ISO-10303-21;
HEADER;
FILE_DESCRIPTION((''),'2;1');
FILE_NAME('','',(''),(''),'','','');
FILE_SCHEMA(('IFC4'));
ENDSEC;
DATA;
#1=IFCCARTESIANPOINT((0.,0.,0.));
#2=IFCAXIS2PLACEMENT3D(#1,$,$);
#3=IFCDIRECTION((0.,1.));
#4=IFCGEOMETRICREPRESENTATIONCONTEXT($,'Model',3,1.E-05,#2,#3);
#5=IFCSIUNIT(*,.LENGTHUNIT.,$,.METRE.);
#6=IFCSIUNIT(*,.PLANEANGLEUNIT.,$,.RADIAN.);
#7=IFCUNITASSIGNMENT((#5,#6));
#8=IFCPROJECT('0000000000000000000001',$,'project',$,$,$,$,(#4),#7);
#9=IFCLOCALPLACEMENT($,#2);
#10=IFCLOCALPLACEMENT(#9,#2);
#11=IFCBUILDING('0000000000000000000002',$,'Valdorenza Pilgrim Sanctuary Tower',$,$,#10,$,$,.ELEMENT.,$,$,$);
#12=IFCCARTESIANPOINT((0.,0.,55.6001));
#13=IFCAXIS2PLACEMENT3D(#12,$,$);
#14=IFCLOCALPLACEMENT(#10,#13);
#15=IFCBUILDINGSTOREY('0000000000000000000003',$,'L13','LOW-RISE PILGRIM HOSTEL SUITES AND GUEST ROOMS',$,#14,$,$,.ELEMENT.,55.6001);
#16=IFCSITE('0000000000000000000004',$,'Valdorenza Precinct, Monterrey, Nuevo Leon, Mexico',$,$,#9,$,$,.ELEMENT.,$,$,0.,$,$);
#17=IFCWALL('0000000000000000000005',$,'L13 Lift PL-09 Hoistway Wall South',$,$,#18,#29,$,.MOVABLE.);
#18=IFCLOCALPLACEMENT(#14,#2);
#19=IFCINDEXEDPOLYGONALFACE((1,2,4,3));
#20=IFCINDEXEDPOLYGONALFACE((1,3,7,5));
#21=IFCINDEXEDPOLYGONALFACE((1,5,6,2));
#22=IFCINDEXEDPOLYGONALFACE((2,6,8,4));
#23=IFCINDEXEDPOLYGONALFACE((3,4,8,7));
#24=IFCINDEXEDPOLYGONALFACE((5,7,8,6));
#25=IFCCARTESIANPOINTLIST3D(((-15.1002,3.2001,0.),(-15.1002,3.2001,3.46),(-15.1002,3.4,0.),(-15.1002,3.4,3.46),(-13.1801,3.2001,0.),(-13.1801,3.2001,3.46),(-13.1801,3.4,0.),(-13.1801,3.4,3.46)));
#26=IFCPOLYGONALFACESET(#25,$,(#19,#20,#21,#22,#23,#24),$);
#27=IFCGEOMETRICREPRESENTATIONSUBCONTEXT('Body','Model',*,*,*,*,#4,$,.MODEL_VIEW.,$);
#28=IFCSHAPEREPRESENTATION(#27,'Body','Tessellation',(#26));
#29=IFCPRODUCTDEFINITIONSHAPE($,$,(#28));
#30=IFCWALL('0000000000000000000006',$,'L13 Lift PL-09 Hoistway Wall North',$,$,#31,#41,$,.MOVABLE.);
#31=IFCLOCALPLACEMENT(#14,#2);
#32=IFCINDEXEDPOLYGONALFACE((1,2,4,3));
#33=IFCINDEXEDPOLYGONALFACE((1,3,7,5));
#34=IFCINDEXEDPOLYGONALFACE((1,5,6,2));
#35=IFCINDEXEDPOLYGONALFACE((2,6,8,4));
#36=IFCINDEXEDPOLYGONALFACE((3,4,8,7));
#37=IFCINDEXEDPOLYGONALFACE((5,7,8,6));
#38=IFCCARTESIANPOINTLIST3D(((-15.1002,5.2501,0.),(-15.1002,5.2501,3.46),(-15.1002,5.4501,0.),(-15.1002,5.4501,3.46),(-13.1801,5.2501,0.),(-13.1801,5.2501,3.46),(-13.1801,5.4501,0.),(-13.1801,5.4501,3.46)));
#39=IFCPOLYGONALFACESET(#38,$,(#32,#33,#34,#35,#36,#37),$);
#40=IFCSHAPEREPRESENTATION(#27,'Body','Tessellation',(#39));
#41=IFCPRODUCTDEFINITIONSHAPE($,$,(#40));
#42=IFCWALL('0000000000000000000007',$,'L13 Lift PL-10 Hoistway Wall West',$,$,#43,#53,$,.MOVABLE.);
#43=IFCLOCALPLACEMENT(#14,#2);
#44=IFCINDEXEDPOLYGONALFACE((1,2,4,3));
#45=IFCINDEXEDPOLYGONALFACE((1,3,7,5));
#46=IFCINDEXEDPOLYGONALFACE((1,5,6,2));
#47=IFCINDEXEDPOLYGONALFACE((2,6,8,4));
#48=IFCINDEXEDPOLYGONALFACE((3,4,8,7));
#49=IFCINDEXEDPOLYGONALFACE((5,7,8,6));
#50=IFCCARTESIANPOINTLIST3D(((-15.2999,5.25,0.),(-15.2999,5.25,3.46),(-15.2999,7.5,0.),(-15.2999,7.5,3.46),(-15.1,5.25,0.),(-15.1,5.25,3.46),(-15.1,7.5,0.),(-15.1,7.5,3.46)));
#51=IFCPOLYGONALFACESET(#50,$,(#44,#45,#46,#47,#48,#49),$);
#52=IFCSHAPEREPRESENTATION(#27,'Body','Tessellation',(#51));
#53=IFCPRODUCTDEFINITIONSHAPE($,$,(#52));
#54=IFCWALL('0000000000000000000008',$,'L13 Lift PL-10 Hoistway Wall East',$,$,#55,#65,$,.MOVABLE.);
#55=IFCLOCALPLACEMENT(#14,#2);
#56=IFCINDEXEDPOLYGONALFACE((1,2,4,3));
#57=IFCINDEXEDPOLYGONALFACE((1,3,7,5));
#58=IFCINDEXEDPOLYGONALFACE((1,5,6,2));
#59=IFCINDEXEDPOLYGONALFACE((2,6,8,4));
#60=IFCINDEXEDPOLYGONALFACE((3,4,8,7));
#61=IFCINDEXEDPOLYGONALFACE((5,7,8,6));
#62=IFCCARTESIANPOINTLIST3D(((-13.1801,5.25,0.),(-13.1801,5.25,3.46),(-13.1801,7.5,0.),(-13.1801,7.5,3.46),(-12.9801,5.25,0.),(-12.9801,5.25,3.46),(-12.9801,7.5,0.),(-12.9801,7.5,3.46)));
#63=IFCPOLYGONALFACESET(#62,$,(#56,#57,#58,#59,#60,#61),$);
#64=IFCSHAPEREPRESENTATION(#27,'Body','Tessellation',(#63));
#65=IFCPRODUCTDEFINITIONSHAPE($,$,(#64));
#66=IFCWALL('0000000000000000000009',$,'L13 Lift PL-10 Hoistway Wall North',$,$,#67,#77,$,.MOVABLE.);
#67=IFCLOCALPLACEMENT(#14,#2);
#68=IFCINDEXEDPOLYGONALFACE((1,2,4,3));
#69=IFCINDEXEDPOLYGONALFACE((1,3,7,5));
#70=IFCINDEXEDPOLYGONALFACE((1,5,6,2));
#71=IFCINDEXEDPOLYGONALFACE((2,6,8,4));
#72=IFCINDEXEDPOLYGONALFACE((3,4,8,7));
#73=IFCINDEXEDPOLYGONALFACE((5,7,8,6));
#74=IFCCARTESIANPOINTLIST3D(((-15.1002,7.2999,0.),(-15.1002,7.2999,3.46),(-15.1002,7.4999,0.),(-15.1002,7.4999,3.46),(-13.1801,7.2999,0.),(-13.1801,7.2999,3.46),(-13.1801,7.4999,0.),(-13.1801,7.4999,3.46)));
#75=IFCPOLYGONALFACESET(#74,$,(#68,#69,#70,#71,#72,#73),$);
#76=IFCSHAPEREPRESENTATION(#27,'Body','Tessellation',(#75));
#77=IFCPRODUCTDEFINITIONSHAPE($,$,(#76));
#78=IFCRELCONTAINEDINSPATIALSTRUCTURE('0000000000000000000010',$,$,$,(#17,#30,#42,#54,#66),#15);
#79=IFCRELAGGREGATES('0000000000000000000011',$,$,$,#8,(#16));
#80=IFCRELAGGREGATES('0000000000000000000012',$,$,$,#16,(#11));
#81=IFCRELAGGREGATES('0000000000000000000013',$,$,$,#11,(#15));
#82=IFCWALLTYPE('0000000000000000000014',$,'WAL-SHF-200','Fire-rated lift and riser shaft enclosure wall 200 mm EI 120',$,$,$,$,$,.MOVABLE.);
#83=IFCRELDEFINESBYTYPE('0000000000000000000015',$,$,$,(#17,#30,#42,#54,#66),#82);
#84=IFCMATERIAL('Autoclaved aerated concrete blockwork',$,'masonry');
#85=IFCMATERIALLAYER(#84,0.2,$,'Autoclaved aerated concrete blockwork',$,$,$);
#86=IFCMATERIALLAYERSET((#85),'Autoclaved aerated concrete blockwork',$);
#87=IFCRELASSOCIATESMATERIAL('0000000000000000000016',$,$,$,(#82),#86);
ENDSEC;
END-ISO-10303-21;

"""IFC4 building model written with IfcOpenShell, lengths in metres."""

from ifc_helpers import new_model, si_unit, direction, frame, frame_2d, origin, place, context, subcontext, project, spatial, rectangle, extrude, material, layer, layer_set, type_object, element, save


model = new_model("IFC4")

# Units and contexts
model_context = context("Model", 3, precision=1e-05, world=origin(), true_north=direction((0.0, 1.0)))
body_context = subcontext(model_context, "Body", "Model", "MODEL_VIEW")
ifc_project = project(units=[si_unit("LENGTHUNIT", "METRE"), si_unit("PLANEANGLEUNIT", "RADIAN")], contexts=[model_context])

# Site, building, storey
site_placement = place(None, origin())
site = spatial("IfcSite", under=ifc_project, at=site_placement, Name="Valdorenza Precinct, Monterrey, Nuevo Leon, Mexico", CompositionType="ELEMENT", RefElevation=0.0)
building_placement = place(site_placement, origin())
building = spatial("IfcBuilding", under=site, at=building_placement, Name="Valdorenza Pilgrim Sanctuary Tower", CompositionType="ELEMENT")
storey_placement = place(building_placement, frame((0.0, 0.0, 55.6001)))
storey = spatial("IfcBuildingStorey", under=building, at=storey_placement, Name="L13", Description="LOW-RISE PILGRIM HOSTEL SUITES AND GUEST ROOMS", CompositionType="ELEMENT", Elevation=55.6001)

# Walls
ifc_material_1 = material(Name="Autoclaved aerated concrete blockwork", Category="masonry")
ifc_layer_1 = layer(ifc_material_1, 0.2, Name="Autoclaved aerated concrete blockwork")
ifc_layer_set_1 = layer_set([ifc_layer_1], Name="Autoclaved aerated concrete blockwork")
wall_type_1 = type_object("IfcWallType", Name="WAL-SHF-200", Description="Fire-rated lift and riser shaft enclosure wall 200 mm EI 120", PredefinedType="MOVABLE", material=ifc_layer_set_1)
for number, where, z_axis, x_axis, name in (
    (1, (-15.1001, 3.3, 0.0), (0.0, 0.0, 1.0), (1.0, 0.0, 0.0), "L13 Lift PL-09 Hoistway Wall South"),
    (2, (-15.1001, 5.3501, 0.0), (0.0, 0.0, 1.0), (1.0, 0.0, 0.0), "L13 Lift PL-09 Hoistway Wall North"),
):
    element("IfcWall", number, at=place(storey_placement, frame(where, z_axis=z_axis, x_axis=x_axis)), inside=storey, type_object=wall_type_1, Name=name, PredefinedType="MOVABLE", context=body_context, shape_type="SweptSolid", body=[
        extrude(rectangle(XDim=1.9202, YDim=0.2, at=frame_2d((0.96, 0.0))), origin(), (0.0, 0.0, 1.0), 3.46),
    ])
for number, where, z_axis, x_axis, name in (
    (3, (-15.2, 5.25, 0.0), (0.0, 0.0, 1.0), (0.0, 1.0, 0.0), "L13 Lift PL-10 Hoistway Wall West"),
    (4, (-13.0801, 5.25, 0.0), (0.0, 0.0, 1.0), (0.0, 1.0, 0.0), "L13 Lift PL-10 Hoistway Wall East"),
):
    element("IfcWall", number, at=place(storey_placement, frame(where, z_axis=z_axis, x_axis=x_axis)), inside=storey, type_object=wall_type_1, Name=name, PredefinedType="MOVABLE", context=body_context, shape_type="SweptSolid", body=[
        extrude(rectangle(XDim=2.25, YDim=0.2, at=frame_2d((1.125, 0.0))), origin(), (0.0, 0.0, 1.0), 3.46),
    ])
wall_1_placement = place(storey_placement, frame((-15.1001, 7.3999, 0.0), z_axis=(0.0, 0.0, 1.0), x_axis=(1.0, 0.0, 0.0)))
element("IfcWall", 5, at=wall_1_placement, inside=storey, type_object=wall_type_1, Name="L13 Lift PL-10 Hoistway Wall North", PredefinedType="MOVABLE", context=body_context, shape_type="SweptSolid", body=[
    extrude(rectangle(XDim=1.9202, YDim=0.2, at=frame_2d((0.96, 0.0))), origin(), (0.0, 0.0, 1.0), 3.46),
])

save(model, "model.ifc")
